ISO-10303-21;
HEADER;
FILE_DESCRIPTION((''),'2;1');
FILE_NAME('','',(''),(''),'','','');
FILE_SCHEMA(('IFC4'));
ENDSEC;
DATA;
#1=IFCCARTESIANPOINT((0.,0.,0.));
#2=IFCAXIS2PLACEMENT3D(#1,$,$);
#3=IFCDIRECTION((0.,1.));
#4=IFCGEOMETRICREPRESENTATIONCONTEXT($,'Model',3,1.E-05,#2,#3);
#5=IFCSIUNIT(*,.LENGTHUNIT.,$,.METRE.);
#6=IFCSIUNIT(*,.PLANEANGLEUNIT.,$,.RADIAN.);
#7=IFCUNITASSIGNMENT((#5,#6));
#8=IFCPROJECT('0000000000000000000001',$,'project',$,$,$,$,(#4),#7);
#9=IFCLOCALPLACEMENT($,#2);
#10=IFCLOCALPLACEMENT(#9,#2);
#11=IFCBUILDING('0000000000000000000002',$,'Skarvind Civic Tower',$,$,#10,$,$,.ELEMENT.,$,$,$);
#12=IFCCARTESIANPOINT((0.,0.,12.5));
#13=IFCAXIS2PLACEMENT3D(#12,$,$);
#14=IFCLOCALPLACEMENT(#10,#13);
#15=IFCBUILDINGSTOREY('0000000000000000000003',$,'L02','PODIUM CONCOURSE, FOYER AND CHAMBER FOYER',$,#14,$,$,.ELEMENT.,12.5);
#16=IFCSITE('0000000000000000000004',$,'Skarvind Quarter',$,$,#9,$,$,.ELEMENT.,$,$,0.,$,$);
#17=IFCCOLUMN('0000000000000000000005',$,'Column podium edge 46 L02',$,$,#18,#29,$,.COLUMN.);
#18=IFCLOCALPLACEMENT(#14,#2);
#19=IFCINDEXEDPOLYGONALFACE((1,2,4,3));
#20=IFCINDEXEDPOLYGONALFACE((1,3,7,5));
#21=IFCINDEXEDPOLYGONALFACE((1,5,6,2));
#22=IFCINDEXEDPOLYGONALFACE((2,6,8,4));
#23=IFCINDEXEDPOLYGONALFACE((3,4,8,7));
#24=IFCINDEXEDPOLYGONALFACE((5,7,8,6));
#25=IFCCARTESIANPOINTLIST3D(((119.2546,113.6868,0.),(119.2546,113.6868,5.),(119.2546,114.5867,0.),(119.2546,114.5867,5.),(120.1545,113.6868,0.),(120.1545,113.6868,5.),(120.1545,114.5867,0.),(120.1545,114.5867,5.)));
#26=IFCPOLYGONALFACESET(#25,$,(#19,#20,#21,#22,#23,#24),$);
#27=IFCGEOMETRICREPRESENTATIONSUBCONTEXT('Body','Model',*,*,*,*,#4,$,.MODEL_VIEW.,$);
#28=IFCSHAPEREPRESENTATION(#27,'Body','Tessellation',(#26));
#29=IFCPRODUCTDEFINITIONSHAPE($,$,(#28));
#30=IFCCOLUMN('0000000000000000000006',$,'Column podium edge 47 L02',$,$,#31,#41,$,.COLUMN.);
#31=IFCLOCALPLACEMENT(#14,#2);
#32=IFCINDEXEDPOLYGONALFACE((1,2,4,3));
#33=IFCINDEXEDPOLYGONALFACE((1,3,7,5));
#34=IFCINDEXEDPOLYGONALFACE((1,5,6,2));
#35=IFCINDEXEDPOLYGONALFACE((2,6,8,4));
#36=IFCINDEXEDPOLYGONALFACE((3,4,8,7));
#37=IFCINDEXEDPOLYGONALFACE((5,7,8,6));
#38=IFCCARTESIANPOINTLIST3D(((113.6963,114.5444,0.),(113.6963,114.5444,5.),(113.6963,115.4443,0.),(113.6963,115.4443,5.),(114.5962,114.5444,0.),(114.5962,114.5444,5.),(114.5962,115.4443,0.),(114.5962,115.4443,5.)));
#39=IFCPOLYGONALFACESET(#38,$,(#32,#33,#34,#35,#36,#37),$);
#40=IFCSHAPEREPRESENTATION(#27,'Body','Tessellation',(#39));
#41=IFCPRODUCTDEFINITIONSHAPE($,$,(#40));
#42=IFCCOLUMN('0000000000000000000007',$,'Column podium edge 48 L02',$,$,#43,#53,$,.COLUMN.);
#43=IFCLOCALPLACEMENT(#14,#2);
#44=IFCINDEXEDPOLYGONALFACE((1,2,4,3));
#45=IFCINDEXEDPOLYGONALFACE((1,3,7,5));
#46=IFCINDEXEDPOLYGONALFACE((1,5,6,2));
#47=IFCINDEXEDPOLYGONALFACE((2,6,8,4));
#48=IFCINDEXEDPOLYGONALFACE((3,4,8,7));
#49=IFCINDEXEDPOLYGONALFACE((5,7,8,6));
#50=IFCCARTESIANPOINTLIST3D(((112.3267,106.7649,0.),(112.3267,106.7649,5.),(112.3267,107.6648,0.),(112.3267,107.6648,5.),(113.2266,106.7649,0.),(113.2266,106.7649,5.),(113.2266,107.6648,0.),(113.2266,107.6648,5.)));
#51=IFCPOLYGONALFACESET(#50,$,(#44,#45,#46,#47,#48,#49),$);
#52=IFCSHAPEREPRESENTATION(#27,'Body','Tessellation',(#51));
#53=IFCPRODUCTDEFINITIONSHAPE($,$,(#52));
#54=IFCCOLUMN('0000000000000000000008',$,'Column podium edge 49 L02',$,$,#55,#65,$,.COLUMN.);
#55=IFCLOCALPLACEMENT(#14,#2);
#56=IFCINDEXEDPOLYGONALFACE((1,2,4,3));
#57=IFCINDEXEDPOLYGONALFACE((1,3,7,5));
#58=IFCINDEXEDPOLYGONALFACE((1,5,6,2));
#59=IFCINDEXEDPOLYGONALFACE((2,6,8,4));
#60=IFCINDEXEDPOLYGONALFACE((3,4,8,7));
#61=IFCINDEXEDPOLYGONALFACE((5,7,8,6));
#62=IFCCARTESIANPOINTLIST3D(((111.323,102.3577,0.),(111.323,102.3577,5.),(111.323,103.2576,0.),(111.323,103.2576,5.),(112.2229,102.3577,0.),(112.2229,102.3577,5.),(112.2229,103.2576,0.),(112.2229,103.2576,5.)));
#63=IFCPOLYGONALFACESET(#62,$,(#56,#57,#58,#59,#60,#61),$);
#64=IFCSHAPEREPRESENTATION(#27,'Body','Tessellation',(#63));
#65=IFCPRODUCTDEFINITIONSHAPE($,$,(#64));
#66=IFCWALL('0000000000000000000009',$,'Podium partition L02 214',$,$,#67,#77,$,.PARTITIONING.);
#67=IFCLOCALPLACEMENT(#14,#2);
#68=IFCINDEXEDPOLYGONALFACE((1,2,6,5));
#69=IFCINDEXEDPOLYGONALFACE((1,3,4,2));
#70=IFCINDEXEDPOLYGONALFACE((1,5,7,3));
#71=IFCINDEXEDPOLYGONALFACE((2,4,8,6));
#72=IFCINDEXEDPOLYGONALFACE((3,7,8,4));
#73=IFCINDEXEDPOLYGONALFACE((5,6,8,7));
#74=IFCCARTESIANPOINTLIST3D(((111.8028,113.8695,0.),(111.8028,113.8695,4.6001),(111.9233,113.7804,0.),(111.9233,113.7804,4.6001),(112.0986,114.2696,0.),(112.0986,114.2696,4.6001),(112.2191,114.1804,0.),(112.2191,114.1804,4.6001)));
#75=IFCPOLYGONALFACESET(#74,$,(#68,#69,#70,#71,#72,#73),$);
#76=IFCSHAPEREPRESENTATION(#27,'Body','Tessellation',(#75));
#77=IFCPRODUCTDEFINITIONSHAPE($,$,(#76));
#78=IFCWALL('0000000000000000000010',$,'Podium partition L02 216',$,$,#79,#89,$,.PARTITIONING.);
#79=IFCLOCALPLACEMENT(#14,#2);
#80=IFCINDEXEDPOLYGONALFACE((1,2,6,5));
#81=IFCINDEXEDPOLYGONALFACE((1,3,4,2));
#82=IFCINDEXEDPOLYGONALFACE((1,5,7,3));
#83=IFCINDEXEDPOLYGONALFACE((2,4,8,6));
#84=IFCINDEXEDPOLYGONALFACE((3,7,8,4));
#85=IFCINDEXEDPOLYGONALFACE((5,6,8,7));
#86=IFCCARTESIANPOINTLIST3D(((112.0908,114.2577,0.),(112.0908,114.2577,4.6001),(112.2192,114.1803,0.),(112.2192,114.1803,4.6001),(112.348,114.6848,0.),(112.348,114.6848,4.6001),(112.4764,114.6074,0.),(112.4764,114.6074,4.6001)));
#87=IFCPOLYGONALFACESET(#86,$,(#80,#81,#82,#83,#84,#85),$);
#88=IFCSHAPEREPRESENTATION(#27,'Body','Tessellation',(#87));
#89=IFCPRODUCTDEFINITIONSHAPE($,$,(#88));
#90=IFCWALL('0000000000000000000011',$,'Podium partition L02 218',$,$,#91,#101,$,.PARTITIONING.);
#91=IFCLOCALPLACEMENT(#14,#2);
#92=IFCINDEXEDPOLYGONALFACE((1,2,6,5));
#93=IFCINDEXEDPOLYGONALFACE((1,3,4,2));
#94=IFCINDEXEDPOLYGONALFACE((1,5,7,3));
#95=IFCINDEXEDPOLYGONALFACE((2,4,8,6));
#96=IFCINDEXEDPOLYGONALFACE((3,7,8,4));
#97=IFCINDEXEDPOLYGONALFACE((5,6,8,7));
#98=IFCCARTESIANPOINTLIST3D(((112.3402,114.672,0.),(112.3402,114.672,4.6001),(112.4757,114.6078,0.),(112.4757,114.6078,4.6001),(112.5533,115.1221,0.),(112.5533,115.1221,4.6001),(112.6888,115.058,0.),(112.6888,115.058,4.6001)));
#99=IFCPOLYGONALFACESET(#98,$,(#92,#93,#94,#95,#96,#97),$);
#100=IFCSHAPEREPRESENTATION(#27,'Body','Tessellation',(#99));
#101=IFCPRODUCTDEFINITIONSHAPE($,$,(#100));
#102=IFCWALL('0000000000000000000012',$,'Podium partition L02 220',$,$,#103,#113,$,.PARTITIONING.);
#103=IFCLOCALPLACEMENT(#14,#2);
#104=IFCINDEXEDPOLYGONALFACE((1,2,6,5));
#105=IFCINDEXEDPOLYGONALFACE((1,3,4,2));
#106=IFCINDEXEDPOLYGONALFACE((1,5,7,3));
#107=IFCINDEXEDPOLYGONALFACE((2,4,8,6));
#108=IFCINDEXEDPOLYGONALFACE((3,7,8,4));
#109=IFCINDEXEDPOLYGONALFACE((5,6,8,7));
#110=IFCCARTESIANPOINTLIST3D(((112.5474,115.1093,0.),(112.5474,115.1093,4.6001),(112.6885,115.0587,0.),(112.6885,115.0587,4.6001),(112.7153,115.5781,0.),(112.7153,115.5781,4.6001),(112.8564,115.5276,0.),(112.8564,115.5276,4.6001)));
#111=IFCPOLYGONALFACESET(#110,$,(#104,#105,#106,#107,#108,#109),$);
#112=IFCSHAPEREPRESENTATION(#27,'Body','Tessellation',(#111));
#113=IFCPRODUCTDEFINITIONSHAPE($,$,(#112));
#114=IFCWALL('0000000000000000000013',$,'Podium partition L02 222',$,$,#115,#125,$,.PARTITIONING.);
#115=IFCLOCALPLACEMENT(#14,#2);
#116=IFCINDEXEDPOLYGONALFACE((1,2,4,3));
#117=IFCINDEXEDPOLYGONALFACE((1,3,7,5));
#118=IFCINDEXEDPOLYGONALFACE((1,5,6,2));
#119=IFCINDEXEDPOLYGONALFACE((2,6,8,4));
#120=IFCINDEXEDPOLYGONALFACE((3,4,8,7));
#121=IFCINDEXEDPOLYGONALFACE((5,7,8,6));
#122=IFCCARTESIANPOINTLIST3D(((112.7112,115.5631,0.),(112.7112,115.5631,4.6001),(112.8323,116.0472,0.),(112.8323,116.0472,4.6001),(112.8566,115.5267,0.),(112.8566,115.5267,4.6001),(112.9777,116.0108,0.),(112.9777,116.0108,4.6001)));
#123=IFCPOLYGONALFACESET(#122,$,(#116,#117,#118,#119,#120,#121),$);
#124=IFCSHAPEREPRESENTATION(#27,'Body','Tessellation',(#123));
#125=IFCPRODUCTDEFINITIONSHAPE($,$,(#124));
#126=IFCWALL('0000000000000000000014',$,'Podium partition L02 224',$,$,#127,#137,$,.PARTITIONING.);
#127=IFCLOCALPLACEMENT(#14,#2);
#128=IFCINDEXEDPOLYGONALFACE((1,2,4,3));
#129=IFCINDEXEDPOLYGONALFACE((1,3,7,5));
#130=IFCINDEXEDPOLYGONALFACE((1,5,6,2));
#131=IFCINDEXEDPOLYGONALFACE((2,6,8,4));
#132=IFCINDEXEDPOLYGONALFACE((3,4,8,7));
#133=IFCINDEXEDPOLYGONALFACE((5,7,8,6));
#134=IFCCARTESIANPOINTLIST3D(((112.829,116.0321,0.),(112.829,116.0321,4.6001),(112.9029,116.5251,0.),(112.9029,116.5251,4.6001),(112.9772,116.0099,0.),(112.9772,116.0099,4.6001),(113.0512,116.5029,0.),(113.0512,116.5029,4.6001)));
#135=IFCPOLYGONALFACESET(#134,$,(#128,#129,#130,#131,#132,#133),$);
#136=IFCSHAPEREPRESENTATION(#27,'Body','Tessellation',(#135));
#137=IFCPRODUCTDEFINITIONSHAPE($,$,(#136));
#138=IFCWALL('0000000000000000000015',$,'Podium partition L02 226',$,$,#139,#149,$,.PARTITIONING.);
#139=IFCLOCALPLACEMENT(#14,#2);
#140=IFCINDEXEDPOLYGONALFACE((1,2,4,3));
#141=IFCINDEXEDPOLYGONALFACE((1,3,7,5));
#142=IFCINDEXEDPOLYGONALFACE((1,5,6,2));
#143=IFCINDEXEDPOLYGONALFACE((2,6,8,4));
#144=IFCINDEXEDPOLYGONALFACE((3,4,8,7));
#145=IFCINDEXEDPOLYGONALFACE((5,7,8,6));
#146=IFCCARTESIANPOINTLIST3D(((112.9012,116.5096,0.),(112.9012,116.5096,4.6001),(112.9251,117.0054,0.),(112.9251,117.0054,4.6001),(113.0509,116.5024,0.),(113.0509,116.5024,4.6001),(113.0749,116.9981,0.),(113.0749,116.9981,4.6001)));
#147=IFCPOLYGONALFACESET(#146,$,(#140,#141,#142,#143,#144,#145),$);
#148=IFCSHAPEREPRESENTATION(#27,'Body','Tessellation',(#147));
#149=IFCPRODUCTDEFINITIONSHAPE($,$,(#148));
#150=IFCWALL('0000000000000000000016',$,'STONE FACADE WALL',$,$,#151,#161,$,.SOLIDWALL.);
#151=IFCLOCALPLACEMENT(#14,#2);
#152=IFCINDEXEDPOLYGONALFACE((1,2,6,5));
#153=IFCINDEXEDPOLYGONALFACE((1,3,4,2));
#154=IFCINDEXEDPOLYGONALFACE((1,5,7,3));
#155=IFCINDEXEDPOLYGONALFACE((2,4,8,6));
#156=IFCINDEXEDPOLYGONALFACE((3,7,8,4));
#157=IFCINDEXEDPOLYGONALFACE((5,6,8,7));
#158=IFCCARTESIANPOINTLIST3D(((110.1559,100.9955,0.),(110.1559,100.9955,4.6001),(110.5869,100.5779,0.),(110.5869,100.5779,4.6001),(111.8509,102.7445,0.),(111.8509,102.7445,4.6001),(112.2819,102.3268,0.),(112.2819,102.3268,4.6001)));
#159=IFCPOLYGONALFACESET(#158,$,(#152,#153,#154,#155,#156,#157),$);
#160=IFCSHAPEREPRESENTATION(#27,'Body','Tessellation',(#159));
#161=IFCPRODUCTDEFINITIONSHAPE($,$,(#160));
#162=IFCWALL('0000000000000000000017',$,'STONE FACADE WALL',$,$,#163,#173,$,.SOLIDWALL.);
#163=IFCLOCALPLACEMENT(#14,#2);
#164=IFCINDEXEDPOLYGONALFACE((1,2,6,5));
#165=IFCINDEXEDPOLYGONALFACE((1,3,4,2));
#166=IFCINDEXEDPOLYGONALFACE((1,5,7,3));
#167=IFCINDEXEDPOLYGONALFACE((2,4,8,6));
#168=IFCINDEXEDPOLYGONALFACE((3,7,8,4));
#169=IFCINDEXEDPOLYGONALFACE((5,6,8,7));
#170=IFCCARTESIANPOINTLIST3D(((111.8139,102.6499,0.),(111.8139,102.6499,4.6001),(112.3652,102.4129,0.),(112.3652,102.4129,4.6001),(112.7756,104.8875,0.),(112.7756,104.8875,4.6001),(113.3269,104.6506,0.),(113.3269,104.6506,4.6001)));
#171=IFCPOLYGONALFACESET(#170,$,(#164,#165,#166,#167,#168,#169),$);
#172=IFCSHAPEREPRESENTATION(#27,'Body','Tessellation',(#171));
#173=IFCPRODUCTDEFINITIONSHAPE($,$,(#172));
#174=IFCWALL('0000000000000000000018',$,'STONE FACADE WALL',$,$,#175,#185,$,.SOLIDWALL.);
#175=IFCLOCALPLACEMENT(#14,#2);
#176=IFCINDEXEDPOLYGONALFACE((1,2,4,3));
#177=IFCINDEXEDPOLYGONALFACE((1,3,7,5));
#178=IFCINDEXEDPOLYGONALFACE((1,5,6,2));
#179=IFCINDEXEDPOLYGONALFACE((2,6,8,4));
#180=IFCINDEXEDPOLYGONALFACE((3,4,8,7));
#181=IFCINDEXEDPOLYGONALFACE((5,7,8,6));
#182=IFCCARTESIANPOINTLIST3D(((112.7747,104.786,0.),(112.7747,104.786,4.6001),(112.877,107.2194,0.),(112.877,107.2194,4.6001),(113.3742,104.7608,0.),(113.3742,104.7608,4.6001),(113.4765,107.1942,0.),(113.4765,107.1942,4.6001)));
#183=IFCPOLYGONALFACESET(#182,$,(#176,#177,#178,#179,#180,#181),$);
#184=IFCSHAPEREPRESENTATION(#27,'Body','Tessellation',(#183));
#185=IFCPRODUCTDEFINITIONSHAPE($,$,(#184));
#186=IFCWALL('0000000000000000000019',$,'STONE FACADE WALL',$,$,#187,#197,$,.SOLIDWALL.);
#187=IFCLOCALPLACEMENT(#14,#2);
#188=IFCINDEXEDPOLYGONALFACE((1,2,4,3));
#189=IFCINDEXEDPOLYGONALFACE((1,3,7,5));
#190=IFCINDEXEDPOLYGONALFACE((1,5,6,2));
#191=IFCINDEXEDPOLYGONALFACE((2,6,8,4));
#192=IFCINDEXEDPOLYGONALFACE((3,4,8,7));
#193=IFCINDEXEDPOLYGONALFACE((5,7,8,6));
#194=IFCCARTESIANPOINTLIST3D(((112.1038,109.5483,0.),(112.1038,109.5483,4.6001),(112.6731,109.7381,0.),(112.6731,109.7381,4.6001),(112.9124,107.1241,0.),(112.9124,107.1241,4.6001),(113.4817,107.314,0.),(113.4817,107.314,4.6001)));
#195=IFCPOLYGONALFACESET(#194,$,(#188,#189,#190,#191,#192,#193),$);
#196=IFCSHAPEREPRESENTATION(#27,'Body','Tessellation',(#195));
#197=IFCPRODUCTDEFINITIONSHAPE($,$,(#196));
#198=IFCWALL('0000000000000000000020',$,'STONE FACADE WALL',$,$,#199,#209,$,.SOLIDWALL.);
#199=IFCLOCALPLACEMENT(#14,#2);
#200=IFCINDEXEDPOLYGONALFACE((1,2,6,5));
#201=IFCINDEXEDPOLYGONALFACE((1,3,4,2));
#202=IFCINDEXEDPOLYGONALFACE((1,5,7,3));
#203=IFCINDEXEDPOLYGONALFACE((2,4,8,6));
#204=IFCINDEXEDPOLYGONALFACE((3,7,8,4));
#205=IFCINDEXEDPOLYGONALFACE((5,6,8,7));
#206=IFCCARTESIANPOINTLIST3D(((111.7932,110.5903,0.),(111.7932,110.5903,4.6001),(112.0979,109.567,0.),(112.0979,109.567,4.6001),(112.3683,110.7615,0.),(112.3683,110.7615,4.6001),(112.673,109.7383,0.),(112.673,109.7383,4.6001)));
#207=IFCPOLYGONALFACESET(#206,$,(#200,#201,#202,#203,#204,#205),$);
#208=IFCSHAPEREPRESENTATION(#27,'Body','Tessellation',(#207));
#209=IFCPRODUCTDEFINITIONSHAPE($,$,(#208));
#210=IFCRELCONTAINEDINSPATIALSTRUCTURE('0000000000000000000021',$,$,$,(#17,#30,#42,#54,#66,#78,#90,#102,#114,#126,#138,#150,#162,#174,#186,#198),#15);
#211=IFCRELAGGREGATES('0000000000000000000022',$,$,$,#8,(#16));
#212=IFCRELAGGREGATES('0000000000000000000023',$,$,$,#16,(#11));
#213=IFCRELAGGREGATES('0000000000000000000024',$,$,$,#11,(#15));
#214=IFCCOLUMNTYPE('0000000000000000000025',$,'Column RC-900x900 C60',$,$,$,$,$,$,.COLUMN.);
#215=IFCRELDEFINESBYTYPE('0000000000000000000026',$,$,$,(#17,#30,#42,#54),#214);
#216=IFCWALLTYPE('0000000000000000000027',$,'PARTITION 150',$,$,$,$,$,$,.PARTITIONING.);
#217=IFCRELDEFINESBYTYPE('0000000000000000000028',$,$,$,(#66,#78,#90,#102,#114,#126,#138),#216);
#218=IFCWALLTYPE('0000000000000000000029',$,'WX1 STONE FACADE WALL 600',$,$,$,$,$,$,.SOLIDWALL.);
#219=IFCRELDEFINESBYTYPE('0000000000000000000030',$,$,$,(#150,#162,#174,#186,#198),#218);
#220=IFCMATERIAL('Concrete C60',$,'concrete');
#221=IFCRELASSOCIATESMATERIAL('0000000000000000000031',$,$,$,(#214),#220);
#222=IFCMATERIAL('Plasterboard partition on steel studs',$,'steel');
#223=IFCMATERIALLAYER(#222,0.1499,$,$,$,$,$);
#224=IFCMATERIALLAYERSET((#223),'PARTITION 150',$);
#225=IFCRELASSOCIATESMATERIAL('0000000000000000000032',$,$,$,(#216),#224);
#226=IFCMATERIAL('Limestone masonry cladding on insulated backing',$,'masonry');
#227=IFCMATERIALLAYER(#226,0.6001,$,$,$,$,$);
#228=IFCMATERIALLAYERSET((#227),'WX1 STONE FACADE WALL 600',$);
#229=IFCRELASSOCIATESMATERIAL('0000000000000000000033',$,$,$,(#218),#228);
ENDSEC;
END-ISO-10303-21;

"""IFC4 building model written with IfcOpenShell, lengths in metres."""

from ifc_helpers import new_model, si_unit, direction, frame, frame_2d, origin, origin_2d, place, context, subcontext, project, spatial, rectangle, extrude, material, layer, layer_set, material_profile, profile_set, type_object, element, save


model = new_model("IFC4")

# Units and contexts
model_context = context("Model", 3, precision=1e-05, world=origin(), true_north=direction((0.0, 1.0)))
body_context = subcontext(model_context, "Body", "Model", "MODEL_VIEW")
ifc_project = project(units=[si_unit("LENGTHUNIT", "METRE"), si_unit("PLANEANGLEUNIT", "RADIAN")], contexts=[model_context])

# Site, building, storey
site_placement = place(None, origin())
site = spatial("IfcSite", under=ifc_project, at=site_placement, Name="Skarvind Quarter", CompositionType="ELEMENT", RefElevation=0.0)
building_placement = place(site_placement, origin())
building = spatial("IfcBuilding", under=site, at=building_placement, Name="Skarvind Civic Tower", CompositionType="ELEMENT")
storey_placement = place(building_placement, frame((0.0, 0.0, 12.5)))
storey = spatial("IfcBuildingStorey", under=building, at=storey_placement, Name="L02", Description="PODIUM CONCOURSE, FOYER AND CHAMBER FOYER", CompositionType="ELEMENT", Elevation=12.5)

# Columns
ifc_material_1 = material(Name="Concrete C60", Category="concrete")
ifc_material_profile = material_profile(ifc_material_1, rectangle(XDim=0.8999, YDim=0.8999, at=origin_2d()), Name="RC-900x900")
ifc_profile_set = profile_set([ifc_material_profile], Name="Concrete C60")
column_type = type_object("IfcColumnType", Name="Column RC-900x900 C60", PredefinedType="COLUMN", material=ifc_profile_set)
for number, where, z_axis, x_axis, name in (
    (1, (119.7046, 114.1367, 0.0), (0.0, 0.0, 1.0), (1.0, 0.0, 0.0), "Column podium edge 46 L02"),
    (2, (114.1462, 114.9944, 0.0), (0.0, 0.0, 1.0), (1.0, 0.0, 0.0), "Column podium edge 47 L02"),
    (3, (112.7766, 107.2148, 0.0), (0.0, 0.0, 1.0), (1.0, 0.0, 0.0), "Column podium edge 48 L02"),
    (4, (111.7729, 102.8076, 0.0), (0.0, 0.0, 1.0), (1.0, 0.0, 0.0), "Column podium edge 49 L02"),
):
    element("IfcColumn", number, at=place(storey_placement, frame(where, z_axis=z_axis, x_axis=x_axis)), inside=storey, type_object=column_type, Name=name, PredefinedType="COLUMN", context=body_context, shape_type="SweptSolid", body=[
        extrude(rectangle(XDim=0.8999, YDim=0.8999, at=origin_2d()), origin(), (0.0, 0.0, 1.0), 5.0),
    ])

# Walls
ifc_material_2 = material(Name="Plasterboard partition on steel studs", Category="steel")
ifc_layer_1 = layer(ifc_material_2, 0.1499)
ifc_layer_set_1 = layer_set([ifc_layer_1], Name="PARTITION 150")
wall_type_1 = type_object("IfcWallType", Name="PARTITION 150", PredefinedType="PARTITIONING", material=ifc_layer_set_1)
wall_1_placement = place(storey_placement, frame((111.863, 113.825, 0.0), z_axis=(0.0, 0.0, 1.0), x_axis=(0.59457, 0.804044, 0.0)))
element("IfcWall", 5, at=wall_1_placement, inside=storey, type_object=wall_type_1, Name="Podium partition L02 214", PredefinedType="PARTITIONING", context=body_context, shape_type="SweptSolid", body=[
    extrude(rectangle(XDim=0.4976, YDim=0.1499, at=frame_2d((0.2488, 0.0))), origin(), (0.0, 0.0, 1.0), 4.6001),
])
wall_2_placement = place(storey_placement, frame((112.155, 114.219, 0.0), z_axis=(0.0, 0.0, 1.0), x_axis=(0.515792, 0.856714, 0.0)))
element("IfcWall", 6, at=wall_2_placement, inside=storey, type_object=wall_type_1, Name="Podium partition L02 216", PredefinedType="PARTITIONING", context=body_context, shape_type="SweptSolid", body=[
    extrude(rectangle(XDim=0.4985, YDim=0.1499, at=frame_2d((0.2493, 0.0))), origin(), (0.0, 0.0, 1.0), 4.6001),
])
for number, where, z_axis, x_axis, name in (
    (7, (112.408, 114.6399, 0.0), (0.0, 0.0, 1.0), (0.427897, 0.903828, 0.0), "Podium partition L02 218"),
    (8, (112.6179, 115.084, 0.0), (0.0, 0.0, 1.0), (0.337174, 0.941442, 0.0), "Podium partition L02 220"),
):
    element("IfcWall", number, at=place(storey_placement, frame(where, z_axis=z_axis, x_axis=x_axis)), inside=storey, type_object=wall_type_1, Name=name, PredefinedType="PARTITIONING", context=body_context, shape_type="SweptSolid", body=[
        extrude(rectangle(XDim=0.498, YDim=0.1499, at=frame_2d((0.249, 0.0))), origin(), (0.0, 0.0, 1.0), 4.6001),
    ])
wall_3_placement = place(storey_placement, frame((112.7839, 115.5449, 0.0), z_axis=(0.0, 0.0, 1.0), x_axis=(0.242651, 0.970114, 0.0)))
element("IfcWall", 9, at=wall_3_placement, inside=storey, type_object=wall_type_1, Name="Podium partition L02 222", PredefinedType="PARTITIONING", context=body_context, shape_type="SweptSolid", body=[
    extrude(rectangle(XDim=0.499, YDim=0.1499, at=frame_2d((0.2495, 0.0))), origin(), (0.0, 0.0, 1.0), 4.6001),
])
wall_4_placement = place(storey_placement, frame((112.9031, 116.021, 0.0), z_axis=(0.0, 0.0, 1.0), x_axis=(0.148412, 0.988926, 0.0)))
element("IfcWall", 10, at=wall_4_placement, inside=storey, type_object=wall_type_1, Name="Podium partition L02 224", PredefinedType="PARTITIONING", context=body_context, shape_type="SweptSolid", body=[
    extrude(rectangle(XDim=0.4985, YDim=0.1499, at=frame_2d((0.2493, 0.0))), origin(), (0.0, 0.0, 1.0), 4.6001),
])
wall_5_placement = place(storey_placement, frame((112.9761, 116.5061, 0.0), z_axis=(0.0, 0.0, 1.0), x_axis=(0.048196, 0.998838, 0.0)))
element("IfcWall", 11, at=wall_5_placement, inside=storey, type_object=wall_type_1, Name="Podium partition L02 226", PredefinedType="PARTITIONING", context=body_context, shape_type="SweptSolid", body=[
    extrude(rectangle(XDim=0.4963, YDim=0.1499, at=frame_2d((0.248, 0.0))), origin(), (0.0, 0.0, 1.0), 4.6001),
])
ifc_material_3 = material(Name="Limestone masonry cladding on insulated backing", Category="masonry")
ifc_layer_2 = layer(ifc_material_3, 0.6001)
ifc_layer_set_2 = layer_set([ifc_layer_2], Name="WX1 STONE FACADE WALL 600")
wall_type_2 = type_object("IfcWallType", Name="WX1 STONE FACADE WALL 600", PredefinedType="SOLIDWALL", material=ifc_layer_set_2)
for number, where, z_axis, x_axis, name in (
    (12, (112.0664, 102.5356, 0.0), (0.0, 0.0, 1.0), (-0.695944, -0.718096, 0.0), "STONE FACADE WALL"),
    (13, (113.0513, 104.769, 0.0), (0.0, 0.0, 1.0), (-0.394863, -0.91874, 0.0), "STONE FACADE WALL"),
    (14, (113.1768, 107.2068, 0.0), (0.0, 0.0, 1.0), (-0.042002, -0.999118, 0.0), "STONE FACADE WALL"),
):
    element("IfcWall", number, at=place(storey_placement, frame(where, z_axis=z_axis, x_axis=x_axis)), inside=storey, type_object=wall_type_2, Name=name, PredefinedType="SOLIDWALL", context=body_context, shape_type="SweptSolid", body=[
        extrude(rectangle(XDim=2.4355, YDim=0.6001, at=frame_2d((1.2178, 0.0))), origin(), (0.0, 0.0, 1.0), 4.6001),
    ])
wall_6_placement = place(storey_placement, frame((112.3884, 109.6433, 0.0), z_axis=(0.0, 0.0, 1.0), x_axis=(0.316428, -0.948616, 0.0)))
element("IfcWall", 15, at=wall_6_placement, inside=storey, type_object=wall_type_2, Name="STONE FACADE WALL", PredefinedType="SOLIDWALL", context=body_context, shape_type="SweptSolid", body=[
    extrude(rectangle(XDim=2.5554, YDim=0.6001, at=frame_2d((1.2778, 0.0))), origin(), (0.0, 0.0, 1.0), 4.6001),
])
wall_7_placement = place(storey_placement, frame((112.0808, 110.6758, 0.0), z_axis=(0.0, 0.0, 1.0), x_axis=(0.285396, -0.95841, 0.0)))
element("IfcWall", 16, at=wall_7_placement, inside=storey, type_object=wall_type_2, Name="STONE FACADE WALL", PredefinedType="SOLIDWALL", context=body_context, shape_type="SweptSolid", body=[
    extrude(rectangle(XDim=1.0676, YDim=0.6001, at=frame_2d((0.5337, 0.0))), origin(), (0.0, 0.0, 1.0), 4.6001),
])

save(model, "model.ifc")
